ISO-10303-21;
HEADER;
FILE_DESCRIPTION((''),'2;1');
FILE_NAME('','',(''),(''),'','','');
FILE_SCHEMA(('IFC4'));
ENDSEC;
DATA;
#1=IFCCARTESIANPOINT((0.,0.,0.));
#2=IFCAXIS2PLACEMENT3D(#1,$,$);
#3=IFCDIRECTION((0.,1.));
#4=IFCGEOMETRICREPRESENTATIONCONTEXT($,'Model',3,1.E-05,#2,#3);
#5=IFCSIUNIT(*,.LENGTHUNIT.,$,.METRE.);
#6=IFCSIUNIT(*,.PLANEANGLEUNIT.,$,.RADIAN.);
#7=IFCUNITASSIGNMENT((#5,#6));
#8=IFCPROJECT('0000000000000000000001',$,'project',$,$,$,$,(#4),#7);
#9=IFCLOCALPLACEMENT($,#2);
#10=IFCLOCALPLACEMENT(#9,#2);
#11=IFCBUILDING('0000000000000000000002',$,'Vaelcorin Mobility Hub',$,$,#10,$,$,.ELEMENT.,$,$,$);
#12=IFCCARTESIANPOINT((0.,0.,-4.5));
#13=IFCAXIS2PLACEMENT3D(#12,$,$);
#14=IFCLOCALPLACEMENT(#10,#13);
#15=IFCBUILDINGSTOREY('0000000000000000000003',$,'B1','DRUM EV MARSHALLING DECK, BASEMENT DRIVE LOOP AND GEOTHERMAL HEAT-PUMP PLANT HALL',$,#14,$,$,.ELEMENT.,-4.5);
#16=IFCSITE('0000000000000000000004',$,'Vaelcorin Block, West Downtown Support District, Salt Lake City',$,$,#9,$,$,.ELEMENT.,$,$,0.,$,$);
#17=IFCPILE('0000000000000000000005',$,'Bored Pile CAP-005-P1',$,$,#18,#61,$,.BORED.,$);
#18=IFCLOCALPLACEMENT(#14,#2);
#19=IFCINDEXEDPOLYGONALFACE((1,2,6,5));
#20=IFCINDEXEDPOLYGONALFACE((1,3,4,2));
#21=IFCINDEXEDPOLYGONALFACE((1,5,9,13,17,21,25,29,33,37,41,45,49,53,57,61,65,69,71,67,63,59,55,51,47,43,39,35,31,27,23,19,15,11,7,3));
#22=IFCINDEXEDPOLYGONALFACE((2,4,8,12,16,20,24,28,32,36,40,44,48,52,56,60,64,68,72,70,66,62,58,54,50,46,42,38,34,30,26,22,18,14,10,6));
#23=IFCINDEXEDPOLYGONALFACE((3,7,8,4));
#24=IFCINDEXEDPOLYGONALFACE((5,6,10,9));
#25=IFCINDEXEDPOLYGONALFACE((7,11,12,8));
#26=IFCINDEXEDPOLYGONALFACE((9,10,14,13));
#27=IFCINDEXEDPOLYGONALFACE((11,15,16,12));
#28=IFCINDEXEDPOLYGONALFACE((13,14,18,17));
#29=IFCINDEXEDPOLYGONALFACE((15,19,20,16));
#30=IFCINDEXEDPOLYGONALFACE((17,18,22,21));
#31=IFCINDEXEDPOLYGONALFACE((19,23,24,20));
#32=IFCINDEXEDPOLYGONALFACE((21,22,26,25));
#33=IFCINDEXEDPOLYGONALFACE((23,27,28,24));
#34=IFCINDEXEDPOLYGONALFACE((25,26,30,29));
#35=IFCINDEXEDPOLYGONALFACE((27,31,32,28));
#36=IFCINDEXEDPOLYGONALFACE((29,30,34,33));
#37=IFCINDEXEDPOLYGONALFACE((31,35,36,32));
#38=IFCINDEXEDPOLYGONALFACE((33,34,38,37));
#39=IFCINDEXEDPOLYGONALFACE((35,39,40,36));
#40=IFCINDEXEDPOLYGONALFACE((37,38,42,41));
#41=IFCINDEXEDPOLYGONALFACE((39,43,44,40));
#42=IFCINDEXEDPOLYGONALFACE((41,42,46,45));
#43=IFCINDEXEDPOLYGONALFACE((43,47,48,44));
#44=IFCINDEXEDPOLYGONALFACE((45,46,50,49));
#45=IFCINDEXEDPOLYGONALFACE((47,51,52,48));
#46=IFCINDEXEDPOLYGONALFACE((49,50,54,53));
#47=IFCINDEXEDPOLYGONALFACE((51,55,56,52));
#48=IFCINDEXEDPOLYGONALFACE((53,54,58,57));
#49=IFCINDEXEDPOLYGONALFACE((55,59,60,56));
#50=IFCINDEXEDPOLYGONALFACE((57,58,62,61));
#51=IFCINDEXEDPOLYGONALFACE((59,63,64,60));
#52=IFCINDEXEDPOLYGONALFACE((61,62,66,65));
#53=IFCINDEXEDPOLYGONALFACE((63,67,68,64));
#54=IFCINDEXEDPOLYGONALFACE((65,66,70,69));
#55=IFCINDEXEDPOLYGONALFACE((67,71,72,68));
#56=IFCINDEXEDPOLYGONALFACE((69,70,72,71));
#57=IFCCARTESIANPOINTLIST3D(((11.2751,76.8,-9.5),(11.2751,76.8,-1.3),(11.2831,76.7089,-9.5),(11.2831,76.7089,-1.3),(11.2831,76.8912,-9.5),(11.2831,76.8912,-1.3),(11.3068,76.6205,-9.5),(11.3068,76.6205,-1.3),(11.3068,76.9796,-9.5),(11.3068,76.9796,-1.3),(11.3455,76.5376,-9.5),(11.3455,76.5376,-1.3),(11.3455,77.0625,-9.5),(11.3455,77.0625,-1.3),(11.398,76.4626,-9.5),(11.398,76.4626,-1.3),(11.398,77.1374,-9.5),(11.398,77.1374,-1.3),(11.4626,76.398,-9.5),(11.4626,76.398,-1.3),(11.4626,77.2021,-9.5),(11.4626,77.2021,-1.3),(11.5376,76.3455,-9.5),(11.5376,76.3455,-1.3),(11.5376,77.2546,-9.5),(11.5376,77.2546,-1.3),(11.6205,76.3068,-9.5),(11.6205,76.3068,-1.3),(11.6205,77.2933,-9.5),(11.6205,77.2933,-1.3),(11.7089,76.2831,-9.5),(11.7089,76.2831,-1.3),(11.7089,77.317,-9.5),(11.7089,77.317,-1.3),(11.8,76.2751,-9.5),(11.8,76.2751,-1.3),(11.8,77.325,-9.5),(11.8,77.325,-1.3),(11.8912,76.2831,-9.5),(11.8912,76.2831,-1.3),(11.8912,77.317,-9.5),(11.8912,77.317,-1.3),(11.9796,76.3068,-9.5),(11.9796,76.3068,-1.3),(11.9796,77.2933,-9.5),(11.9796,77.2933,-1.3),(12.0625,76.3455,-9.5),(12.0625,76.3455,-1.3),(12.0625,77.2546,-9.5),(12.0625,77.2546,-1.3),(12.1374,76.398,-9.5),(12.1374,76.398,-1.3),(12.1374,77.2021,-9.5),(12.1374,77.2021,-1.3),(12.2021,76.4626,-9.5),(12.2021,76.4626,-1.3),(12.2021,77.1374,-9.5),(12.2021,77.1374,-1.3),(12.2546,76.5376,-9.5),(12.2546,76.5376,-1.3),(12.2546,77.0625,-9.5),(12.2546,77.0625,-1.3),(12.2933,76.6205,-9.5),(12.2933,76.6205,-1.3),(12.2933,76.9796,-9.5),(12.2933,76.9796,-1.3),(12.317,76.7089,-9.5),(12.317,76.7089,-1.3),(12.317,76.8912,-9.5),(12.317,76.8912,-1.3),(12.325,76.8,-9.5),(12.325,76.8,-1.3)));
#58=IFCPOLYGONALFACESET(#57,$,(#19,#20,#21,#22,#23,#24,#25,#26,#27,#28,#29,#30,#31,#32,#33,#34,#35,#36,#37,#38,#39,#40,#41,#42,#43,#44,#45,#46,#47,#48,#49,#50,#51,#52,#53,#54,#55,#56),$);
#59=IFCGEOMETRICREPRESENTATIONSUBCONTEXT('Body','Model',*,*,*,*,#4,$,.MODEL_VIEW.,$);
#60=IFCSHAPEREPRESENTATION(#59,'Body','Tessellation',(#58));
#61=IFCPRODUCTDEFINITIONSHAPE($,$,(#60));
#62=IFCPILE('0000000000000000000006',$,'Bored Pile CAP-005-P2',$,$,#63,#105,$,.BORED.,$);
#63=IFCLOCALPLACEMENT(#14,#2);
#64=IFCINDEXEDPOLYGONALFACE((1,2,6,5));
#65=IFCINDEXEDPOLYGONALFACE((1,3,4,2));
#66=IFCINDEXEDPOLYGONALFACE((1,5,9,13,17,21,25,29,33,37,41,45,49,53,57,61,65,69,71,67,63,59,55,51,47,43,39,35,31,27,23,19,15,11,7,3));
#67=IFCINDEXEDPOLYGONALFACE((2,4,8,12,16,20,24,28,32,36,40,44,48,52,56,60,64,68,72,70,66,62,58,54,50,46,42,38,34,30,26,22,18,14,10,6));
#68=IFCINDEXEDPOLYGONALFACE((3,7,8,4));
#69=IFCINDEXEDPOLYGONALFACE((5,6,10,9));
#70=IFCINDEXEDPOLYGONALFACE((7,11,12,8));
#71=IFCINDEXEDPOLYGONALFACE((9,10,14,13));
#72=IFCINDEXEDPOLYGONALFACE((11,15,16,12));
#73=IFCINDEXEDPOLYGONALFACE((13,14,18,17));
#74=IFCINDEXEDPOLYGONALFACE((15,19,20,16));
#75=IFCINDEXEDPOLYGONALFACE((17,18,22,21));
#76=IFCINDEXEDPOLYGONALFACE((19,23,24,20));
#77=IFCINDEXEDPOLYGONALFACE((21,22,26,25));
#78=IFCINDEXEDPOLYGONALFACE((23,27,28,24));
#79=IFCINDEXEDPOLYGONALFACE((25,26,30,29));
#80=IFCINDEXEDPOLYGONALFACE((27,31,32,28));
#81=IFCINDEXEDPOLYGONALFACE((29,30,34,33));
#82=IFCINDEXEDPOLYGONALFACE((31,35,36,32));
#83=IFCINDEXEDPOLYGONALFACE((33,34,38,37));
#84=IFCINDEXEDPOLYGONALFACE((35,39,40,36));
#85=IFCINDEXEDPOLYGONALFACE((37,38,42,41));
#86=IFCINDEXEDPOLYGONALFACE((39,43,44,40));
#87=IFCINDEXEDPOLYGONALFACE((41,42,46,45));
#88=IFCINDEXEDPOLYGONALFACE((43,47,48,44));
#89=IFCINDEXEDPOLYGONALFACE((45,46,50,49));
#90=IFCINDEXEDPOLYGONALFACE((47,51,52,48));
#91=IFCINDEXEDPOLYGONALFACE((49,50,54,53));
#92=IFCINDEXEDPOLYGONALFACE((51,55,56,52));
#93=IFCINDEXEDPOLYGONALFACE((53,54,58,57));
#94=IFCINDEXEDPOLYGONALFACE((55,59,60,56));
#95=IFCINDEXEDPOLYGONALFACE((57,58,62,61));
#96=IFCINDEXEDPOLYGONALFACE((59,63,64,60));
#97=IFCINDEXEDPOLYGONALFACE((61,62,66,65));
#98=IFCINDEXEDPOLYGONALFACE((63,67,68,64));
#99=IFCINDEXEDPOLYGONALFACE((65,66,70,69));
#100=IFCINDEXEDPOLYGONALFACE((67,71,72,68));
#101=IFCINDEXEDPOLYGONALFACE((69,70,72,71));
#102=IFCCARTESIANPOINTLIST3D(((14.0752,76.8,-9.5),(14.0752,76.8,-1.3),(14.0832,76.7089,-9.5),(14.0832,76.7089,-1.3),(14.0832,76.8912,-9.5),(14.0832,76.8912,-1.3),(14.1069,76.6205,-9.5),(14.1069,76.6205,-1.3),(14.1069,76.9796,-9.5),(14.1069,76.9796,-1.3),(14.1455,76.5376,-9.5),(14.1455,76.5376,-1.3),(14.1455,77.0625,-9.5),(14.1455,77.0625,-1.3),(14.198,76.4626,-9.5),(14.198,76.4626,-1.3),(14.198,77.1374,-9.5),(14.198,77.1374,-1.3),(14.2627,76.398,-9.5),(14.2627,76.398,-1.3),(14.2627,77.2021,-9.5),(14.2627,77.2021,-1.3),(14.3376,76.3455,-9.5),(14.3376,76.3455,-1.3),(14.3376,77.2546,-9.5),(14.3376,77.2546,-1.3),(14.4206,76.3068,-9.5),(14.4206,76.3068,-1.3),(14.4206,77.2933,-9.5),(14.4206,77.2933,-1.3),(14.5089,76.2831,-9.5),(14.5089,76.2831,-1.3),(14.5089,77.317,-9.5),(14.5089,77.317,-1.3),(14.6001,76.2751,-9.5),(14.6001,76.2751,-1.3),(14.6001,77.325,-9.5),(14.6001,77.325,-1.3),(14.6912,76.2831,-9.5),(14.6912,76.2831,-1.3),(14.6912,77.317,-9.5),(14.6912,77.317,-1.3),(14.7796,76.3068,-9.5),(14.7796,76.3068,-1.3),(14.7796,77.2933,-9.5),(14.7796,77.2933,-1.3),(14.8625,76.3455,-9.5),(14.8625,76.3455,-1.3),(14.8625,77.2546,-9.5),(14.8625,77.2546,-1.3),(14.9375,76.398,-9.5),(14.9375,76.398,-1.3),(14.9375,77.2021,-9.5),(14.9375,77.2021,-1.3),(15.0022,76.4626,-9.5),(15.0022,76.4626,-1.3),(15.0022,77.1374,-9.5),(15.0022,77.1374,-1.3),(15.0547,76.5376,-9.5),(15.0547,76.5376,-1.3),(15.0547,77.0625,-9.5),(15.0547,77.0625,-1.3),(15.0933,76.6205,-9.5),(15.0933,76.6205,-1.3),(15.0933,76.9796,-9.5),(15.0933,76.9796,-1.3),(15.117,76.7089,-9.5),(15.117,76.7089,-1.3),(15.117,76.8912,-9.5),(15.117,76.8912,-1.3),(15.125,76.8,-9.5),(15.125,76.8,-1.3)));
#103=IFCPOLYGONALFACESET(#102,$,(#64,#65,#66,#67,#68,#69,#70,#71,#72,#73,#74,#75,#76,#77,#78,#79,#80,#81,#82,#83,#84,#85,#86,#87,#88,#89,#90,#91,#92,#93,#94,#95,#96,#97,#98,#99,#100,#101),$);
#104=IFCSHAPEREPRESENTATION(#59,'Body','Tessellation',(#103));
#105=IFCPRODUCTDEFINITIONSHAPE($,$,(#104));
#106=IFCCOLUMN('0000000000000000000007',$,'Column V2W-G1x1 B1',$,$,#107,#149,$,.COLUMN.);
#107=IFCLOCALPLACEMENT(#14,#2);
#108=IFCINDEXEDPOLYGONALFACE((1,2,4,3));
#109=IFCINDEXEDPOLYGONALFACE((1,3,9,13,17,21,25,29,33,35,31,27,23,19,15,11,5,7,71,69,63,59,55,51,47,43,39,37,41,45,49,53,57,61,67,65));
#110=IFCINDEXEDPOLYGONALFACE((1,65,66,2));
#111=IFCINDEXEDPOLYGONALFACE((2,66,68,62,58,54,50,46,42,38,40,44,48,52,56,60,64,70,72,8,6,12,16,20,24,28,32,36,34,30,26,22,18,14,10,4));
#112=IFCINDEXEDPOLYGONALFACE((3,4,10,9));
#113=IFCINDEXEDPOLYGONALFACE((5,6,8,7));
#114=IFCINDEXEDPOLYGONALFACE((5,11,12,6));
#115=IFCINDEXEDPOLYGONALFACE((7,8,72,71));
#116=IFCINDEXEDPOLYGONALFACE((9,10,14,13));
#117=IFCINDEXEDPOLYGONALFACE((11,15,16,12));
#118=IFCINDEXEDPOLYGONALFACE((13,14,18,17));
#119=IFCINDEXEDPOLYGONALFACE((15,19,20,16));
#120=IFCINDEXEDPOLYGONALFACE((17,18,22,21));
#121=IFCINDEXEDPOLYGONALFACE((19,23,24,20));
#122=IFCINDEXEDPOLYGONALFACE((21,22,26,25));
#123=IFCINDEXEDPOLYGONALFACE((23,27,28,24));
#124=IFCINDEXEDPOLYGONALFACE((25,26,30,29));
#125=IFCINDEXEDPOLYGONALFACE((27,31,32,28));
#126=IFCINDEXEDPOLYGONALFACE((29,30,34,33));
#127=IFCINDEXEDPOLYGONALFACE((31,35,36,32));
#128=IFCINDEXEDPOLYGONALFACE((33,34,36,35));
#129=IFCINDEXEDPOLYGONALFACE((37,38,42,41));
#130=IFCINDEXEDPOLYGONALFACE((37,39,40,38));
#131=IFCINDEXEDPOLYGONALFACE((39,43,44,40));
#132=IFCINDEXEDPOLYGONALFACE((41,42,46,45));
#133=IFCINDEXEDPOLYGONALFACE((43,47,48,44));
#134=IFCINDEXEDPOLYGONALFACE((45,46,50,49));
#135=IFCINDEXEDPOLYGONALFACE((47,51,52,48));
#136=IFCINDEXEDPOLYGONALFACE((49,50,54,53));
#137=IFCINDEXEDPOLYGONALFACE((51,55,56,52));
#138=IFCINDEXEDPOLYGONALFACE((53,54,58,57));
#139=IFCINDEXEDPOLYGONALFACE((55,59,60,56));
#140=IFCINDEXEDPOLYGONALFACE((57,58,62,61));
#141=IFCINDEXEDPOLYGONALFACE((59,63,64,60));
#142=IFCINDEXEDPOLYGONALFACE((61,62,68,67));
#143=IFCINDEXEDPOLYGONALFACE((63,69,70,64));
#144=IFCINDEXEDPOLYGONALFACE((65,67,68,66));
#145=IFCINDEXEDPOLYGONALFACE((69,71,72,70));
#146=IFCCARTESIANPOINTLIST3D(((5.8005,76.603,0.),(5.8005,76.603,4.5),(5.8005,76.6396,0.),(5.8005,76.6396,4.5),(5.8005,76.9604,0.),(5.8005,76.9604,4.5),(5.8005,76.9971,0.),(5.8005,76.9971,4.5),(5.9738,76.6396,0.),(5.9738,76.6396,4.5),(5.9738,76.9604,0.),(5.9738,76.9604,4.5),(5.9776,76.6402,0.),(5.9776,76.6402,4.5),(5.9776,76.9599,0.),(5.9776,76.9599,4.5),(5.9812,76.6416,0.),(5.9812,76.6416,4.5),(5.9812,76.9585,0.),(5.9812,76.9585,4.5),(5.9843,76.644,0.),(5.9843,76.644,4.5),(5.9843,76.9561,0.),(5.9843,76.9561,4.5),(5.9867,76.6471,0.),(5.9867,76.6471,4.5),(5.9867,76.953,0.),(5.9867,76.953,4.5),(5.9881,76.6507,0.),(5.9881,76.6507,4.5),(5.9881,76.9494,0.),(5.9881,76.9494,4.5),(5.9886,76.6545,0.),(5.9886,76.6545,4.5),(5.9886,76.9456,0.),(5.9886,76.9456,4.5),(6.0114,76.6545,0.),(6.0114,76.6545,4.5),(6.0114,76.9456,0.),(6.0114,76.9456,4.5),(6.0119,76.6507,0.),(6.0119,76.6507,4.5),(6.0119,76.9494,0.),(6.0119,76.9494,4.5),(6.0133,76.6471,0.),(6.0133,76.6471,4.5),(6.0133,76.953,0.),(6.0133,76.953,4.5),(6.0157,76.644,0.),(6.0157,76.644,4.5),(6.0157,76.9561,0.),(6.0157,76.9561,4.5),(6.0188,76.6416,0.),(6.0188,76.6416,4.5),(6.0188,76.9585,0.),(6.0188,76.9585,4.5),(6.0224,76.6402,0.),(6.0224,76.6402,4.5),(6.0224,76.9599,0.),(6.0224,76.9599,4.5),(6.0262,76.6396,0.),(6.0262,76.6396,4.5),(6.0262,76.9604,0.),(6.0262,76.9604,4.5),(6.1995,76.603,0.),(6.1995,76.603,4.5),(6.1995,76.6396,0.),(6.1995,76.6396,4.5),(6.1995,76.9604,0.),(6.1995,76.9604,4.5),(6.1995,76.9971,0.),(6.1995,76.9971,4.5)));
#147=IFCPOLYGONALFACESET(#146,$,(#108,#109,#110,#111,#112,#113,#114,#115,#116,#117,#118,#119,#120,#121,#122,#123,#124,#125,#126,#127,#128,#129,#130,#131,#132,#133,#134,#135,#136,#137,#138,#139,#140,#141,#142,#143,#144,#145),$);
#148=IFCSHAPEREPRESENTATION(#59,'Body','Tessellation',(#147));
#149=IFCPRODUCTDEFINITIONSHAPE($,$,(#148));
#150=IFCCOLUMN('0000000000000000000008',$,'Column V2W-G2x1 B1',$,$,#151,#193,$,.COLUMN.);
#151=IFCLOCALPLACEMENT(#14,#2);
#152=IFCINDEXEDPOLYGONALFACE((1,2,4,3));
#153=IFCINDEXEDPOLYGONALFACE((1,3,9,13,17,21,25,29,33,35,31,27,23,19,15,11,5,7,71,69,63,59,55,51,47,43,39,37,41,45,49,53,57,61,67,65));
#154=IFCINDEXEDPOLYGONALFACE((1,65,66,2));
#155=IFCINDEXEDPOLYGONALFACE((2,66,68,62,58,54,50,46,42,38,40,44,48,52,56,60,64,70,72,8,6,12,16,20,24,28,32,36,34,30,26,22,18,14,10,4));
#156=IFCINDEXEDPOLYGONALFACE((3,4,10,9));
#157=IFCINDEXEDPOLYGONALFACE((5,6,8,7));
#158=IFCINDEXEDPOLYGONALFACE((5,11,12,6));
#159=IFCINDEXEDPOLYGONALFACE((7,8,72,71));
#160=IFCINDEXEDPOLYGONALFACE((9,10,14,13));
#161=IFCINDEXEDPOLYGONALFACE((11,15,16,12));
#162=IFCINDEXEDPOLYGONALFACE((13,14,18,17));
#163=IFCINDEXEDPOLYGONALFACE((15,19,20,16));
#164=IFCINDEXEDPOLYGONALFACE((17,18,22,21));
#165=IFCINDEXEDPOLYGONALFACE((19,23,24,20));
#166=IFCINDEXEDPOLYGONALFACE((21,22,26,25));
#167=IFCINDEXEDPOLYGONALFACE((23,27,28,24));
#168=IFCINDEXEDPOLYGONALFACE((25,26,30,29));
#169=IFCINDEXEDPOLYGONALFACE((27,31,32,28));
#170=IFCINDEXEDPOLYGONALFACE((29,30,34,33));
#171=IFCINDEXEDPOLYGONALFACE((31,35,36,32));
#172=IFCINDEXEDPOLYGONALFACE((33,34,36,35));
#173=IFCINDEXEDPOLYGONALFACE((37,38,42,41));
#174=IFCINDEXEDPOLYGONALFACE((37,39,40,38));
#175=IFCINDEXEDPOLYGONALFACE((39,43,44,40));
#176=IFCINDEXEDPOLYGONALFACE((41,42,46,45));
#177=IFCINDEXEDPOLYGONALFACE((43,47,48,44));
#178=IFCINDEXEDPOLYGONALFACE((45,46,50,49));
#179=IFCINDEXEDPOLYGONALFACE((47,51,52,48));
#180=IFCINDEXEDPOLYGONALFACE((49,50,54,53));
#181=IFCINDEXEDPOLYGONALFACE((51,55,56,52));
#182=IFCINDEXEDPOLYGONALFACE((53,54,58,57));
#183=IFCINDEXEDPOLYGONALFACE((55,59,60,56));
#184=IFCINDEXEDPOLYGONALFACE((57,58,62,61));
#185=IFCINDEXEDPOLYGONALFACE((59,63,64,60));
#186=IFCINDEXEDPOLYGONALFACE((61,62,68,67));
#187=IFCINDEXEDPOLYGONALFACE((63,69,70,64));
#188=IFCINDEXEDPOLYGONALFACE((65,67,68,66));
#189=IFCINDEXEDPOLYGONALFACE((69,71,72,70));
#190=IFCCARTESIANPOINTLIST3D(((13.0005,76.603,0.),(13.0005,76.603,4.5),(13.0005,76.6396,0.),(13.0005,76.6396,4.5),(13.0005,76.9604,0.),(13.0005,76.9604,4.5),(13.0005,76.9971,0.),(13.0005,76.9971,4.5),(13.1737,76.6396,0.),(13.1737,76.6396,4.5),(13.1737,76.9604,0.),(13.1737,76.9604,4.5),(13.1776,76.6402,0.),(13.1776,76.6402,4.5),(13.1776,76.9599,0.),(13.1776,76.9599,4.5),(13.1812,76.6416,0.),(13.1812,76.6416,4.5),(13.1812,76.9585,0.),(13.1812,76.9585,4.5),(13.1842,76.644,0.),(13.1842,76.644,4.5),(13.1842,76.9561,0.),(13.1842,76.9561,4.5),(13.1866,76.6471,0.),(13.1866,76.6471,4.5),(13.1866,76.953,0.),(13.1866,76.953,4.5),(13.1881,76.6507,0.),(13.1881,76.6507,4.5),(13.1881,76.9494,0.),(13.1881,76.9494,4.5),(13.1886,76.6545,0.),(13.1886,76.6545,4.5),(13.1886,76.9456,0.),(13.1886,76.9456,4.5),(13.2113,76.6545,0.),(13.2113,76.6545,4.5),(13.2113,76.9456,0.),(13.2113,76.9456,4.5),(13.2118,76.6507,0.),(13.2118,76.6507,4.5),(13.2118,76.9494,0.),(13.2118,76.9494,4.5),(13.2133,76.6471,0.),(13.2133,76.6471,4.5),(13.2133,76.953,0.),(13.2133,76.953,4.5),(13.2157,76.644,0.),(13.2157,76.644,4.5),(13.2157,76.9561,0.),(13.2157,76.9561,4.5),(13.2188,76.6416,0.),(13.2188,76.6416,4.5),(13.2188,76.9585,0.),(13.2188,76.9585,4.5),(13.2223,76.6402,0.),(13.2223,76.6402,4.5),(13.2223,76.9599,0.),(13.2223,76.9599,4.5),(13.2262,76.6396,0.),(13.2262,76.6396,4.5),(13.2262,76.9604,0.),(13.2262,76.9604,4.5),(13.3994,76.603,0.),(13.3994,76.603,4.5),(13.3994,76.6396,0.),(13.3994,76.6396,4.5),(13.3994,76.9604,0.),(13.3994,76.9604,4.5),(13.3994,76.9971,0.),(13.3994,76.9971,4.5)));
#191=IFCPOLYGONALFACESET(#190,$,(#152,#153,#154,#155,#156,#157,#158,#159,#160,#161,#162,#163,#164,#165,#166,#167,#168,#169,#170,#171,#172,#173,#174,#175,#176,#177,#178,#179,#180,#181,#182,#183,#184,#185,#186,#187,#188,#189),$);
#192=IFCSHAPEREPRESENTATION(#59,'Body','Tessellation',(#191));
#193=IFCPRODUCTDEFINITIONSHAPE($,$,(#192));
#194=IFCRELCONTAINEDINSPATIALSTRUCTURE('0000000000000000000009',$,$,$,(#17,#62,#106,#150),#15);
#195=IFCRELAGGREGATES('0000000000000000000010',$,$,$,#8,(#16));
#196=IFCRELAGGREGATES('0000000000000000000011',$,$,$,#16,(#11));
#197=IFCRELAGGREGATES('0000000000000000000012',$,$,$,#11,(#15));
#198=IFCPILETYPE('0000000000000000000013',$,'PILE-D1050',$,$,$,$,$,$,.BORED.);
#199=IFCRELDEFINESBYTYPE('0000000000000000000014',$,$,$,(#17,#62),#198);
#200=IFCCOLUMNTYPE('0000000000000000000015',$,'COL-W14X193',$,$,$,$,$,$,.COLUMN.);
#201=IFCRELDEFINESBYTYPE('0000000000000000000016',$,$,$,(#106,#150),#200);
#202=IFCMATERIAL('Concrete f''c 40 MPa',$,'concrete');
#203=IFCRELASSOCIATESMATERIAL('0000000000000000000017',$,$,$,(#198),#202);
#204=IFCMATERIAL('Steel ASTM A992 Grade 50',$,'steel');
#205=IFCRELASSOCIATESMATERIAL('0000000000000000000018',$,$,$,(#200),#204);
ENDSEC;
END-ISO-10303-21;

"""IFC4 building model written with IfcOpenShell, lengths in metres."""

from ifc_helpers import new_model, si_unit, direction, frame, origin, origin_2d, place, context, subcontext, project, spatial, circle, i_section, extrude, material, material_profile, profile_set, type_object, element, save


model = new_model("IFC4")

# Units and contexts
model_context = context("Model", 3, precision=1e-05, world=origin(), true_north=direction((0.0, 1.0)))
body_context = subcontext(model_context, "Body", "Model", "MODEL_VIEW")
ifc_project = project(units=[si_unit("LENGTHUNIT", "METRE"), si_unit("PLANEANGLEUNIT", "RADIAN")], contexts=[model_context])

# Site, building, storey
site_placement = place(None, origin())
site = spatial("IfcSite", under=ifc_project, at=site_placement, Name="Vaelcorin Block, West Downtown Support District, Salt Lake City", CompositionType="ELEMENT", RefElevation=0.0)
building_placement = place(site_placement, origin())
building = spatial("IfcBuilding", under=site, at=building_placement, Name="Vaelcorin Mobility Hub", CompositionType="ELEMENT")
storey_placement = place(building_placement, frame((0.0, 0.0, -4.5)))
storey = spatial("IfcBuildingStorey", under=building, at=storey_placement, Name="B1", Description="DRUM EV MARSHALLING DECK, BASEMENT DRIVE LOOP AND GEOTHERMAL HEAT-PUMP PLANT HALL", CompositionType="ELEMENT", Elevation=-4.5)

# Shared definitions
ifc_material_1 = material(Name="Concrete f'c 40 MPa", Category="concrete")

# Piles
ifc_material_profile_1 = material_profile(ifc_material_1, circle(Radius=0.5249, at=origin_2d()), Name="BP-D1050")
ifc_profile_set_1 = profile_set([ifc_material_profile_1], Name="Concrete f'c 40 MPa")
pile_type = type_object("IfcPileType", Name="PILE-D1050", PredefinedType="BORED", material=ifc_profile_set_1)
for number, where, z_axis, x_axis, name in (
    (1, (11.8, 76.8, -1.3), (0.0, 0.0, -1.0), (1.0, 0.0, 0.0), "Bored Pile CAP-005-P1"),
    (2, (14.6001, 76.8, -1.3), (0.0, 0.0, -1.0), (1.0, 0.0, 0.0), "Bored Pile CAP-005-P2"),
):
    element("IfcPile", number, at=place(storey_placement, frame(where, z_axis=z_axis, x_axis=x_axis)), inside=storey, type_object=pile_type, Name=name, PredefinedType="BORED", context=body_context, shape_type="SweptSolid", body=[
        extrude(circle(Radius=0.5249, at=origin_2d()), origin(), (0.0, 0.0, 1.0), 8.2),
    ])

# Columns
ifc_material_2 = material(Name="Steel ASTM A992 Grade 50", Category="steel")
ifc_material_profile_2 = material_profile(ifc_material_2, i_section(OverallWidth=0.3989, OverallDepth=0.394, WebThickness=0.0227, FlangeThickness=0.0366, FilletRadius=0.0149, at=origin_2d()), Name="W14X193")
ifc_profile_set_2 = profile_set([ifc_material_profile_2], Name="Steel ASTM A992 Grade 50")
column_type = type_object("IfcColumnType", Name="COL-W14X193", PredefinedType="COLUMN", material=ifc_profile_set_2)
for number, where, z_axis, x_axis, name in (
    (3, (6.0, 76.8, 0.0), (0.0, 0.0, 1.0), (1.0, 0.0, 0.0), "Column V2W-G1x1 B1"),
    (4, (13.2, 76.8, 0.0), (0.0, 0.0, 1.0), (1.0, 0.0, 0.0), "Column V2W-G2x1 B1"),
):
    element("IfcColumn", number, at=place(storey_placement, frame(where, z_axis=z_axis, x_axis=x_axis)), inside=storey, type_object=column_type, Name=name, PredefinedType="COLUMN", context=body_context, shape_type="SweptSolid", body=[
        extrude(i_section(OverallWidth=0.3989, OverallDepth=0.394, WebThickness=0.0227, FlangeThickness=0.0366, FilletRadius=0.0149, at=origin_2d()), origin(), (0.0, 0.0, 1.0), 4.5),
    ])

save(model, "model.ifc")
